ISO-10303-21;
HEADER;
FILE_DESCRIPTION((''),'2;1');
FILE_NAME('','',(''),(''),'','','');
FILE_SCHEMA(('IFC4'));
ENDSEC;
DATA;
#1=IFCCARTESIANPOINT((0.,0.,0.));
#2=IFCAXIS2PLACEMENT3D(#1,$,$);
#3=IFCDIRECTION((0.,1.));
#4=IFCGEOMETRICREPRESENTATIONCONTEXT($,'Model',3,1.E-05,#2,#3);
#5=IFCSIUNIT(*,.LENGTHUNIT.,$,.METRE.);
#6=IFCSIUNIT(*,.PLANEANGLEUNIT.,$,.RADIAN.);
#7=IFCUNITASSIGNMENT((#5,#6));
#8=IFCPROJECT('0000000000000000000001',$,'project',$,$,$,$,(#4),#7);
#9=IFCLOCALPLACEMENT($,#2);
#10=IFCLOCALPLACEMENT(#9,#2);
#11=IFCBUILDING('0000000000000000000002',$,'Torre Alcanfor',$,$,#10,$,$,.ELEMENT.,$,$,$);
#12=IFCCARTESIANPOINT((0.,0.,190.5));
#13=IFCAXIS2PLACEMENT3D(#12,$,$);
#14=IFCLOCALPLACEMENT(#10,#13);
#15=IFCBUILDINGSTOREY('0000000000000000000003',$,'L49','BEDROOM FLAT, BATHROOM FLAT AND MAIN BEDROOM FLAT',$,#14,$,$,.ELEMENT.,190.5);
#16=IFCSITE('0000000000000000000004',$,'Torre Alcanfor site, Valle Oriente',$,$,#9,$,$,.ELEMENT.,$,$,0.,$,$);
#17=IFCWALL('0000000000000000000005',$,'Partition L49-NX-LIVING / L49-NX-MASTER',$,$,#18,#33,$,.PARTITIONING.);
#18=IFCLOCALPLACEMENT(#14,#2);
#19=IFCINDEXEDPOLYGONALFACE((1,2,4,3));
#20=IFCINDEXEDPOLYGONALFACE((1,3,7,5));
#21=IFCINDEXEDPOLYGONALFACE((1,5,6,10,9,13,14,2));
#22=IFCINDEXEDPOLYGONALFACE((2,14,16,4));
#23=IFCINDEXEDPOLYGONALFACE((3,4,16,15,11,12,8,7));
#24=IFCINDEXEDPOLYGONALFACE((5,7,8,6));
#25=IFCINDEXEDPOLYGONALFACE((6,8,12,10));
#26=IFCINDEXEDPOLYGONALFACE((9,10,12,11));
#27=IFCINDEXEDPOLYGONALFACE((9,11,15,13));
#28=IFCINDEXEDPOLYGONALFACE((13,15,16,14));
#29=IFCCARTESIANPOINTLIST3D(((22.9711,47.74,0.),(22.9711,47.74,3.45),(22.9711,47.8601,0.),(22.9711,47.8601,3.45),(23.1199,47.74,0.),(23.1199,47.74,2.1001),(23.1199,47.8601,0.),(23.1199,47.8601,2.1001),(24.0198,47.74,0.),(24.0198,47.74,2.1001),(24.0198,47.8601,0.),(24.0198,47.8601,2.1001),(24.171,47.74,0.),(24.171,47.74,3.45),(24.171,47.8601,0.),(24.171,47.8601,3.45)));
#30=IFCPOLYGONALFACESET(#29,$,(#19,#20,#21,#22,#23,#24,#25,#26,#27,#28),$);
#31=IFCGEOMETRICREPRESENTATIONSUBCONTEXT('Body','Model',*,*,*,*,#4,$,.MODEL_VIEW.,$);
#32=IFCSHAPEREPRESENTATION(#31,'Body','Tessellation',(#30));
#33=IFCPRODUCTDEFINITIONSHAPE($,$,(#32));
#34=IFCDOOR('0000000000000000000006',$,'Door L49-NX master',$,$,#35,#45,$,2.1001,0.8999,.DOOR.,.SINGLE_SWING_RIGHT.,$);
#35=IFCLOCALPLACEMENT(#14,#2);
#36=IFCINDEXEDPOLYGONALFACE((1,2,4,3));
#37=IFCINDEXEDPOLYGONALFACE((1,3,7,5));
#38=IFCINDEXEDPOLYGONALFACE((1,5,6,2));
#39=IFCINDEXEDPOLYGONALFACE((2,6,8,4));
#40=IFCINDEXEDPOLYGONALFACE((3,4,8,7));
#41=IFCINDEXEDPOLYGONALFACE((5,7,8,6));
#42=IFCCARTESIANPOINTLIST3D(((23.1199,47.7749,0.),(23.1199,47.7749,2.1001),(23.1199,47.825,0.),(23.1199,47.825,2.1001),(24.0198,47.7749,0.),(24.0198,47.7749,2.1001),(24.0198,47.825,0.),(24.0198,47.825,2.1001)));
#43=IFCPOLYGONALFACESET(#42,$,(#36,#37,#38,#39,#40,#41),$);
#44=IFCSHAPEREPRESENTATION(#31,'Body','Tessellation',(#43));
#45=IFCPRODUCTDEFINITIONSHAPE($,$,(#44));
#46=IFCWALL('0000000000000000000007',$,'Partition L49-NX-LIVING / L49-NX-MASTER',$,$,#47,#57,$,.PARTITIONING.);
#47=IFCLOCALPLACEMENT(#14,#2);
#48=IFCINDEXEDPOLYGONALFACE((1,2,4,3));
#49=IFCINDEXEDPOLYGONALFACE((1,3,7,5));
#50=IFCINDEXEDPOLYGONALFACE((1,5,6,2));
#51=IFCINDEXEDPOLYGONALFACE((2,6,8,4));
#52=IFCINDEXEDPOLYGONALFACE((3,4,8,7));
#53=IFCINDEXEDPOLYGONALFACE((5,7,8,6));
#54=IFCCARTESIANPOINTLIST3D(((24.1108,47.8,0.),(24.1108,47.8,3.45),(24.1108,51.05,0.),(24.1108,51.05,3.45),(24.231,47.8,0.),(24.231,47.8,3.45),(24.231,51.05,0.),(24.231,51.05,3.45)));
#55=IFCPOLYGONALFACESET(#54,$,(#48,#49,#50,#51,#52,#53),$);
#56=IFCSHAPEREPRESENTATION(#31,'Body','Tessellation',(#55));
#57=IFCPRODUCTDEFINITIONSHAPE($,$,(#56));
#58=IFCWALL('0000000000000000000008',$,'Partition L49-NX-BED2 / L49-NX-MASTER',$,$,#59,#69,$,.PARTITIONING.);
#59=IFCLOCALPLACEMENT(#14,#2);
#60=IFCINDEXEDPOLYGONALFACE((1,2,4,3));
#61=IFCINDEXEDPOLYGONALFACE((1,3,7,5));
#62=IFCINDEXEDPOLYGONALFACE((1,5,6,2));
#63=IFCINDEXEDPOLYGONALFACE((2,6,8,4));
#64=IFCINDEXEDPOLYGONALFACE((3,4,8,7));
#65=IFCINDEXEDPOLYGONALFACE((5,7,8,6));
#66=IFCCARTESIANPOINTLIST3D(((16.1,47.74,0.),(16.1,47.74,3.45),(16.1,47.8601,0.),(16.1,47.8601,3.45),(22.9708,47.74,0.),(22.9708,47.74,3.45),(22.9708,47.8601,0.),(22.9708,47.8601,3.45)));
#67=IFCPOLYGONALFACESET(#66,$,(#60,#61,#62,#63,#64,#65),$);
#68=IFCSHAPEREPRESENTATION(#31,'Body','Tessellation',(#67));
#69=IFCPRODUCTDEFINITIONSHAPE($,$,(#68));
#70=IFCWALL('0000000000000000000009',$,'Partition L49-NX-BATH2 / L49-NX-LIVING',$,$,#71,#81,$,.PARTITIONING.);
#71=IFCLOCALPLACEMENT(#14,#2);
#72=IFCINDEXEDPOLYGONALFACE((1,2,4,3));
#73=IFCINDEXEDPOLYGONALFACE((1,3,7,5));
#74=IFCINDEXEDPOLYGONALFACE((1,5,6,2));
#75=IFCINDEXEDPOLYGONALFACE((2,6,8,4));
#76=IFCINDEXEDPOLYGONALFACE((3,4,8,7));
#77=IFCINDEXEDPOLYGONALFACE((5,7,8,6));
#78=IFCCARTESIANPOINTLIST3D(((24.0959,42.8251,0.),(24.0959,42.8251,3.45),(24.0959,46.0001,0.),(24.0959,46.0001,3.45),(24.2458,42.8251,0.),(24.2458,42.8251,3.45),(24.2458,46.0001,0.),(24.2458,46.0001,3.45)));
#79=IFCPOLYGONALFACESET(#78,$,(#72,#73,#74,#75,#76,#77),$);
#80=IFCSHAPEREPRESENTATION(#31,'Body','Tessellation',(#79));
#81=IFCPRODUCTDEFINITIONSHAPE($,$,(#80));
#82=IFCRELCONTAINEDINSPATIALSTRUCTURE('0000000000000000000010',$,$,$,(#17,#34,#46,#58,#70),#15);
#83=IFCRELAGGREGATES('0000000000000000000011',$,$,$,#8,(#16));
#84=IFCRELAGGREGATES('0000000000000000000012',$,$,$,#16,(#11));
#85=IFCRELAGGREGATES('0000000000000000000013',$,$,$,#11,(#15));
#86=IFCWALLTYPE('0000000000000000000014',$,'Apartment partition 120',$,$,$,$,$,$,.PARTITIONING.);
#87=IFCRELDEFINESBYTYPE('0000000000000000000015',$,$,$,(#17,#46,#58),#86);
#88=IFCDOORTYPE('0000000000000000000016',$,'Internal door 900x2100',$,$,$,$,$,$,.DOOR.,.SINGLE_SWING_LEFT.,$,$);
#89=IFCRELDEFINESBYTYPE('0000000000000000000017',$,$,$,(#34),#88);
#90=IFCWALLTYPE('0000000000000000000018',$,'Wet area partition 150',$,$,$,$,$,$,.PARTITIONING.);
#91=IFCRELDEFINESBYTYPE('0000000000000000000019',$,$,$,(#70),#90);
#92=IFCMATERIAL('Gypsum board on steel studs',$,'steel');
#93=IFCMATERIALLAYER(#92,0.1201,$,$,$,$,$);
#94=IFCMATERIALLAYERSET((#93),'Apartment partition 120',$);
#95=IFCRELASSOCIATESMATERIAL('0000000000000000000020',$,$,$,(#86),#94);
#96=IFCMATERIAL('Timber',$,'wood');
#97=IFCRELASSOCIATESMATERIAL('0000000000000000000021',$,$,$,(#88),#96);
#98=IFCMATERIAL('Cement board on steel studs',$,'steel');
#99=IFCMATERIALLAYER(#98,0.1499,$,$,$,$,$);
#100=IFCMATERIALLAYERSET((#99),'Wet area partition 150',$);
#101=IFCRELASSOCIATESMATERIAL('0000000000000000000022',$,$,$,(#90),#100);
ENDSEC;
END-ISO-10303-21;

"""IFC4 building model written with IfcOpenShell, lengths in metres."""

from ifc_helpers import new_model, si_unit, direction, frame, frame_2d, origin, place, context, subcontext, project, spatial, rectangle, extrude, material, layer, layer_set, type_object, element, fill, save


model = new_model("IFC4")

# Units and contexts
model_context = context("Model", 3, precision=1e-05, world=origin(), true_north=direction((0.0, 1.0)))
body_context = subcontext(model_context, "Body", "Model", "MODEL_VIEW")
ifc_project = project(units=[si_unit("LENGTHUNIT", "METRE"), si_unit("PLANEANGLEUNIT", "RADIAN")], contexts=[model_context])

# Site, building, storey
site_placement = place(None, origin())
site = spatial("IfcSite", under=ifc_project, at=site_placement, Name="Torre Alcanfor site, Valle Oriente", CompositionType="ELEMENT", RefElevation=0.0)
building_placement = place(site_placement, origin())
building = spatial("IfcBuilding", under=site, at=building_placement, Name="Torre Alcanfor", CompositionType="ELEMENT")
storey_placement = place(building_placement, frame((0.0, 0.0, 190.5)))
storey = spatial("IfcBuildingStorey", under=building, at=storey_placement, Name="L49", Description="BEDROOM FLAT, BATHROOM FLAT AND MAIN BEDROOM FLAT", CompositionType="ELEMENT", Elevation=190.5)

# Wall, opening, door
ifc_material_1 = material(Name="Gypsum board on steel studs", Category="steel")
ifc_layer_1 = layer(ifc_material_1, 0.1201)
ifc_layer_set_1 = layer_set([ifc_layer_1], Name="Apartment partition 120")
wall_type_1 = type_object("IfcWallType", Name="Apartment partition 120", PredefinedType="PARTITIONING", material=ifc_layer_set_1)
ifc_material_2 = material(Name="Timber", Category="wood")
door_type = type_object("IfcDoorType", Name="Internal door 900x2100", OperationType="SINGLE_SWING_LEFT", PredefinedType="DOOR", material=ifc_material_2)
wall_1_placement = place(storey_placement, frame((22.9709, 47.8, 0.0), z_axis=(0.0, 0.0, 1.0), x_axis=(1.0, 0.0, 0.0)))
wall_1 = element("IfcWall", 1, at=wall_1_placement, inside=storey, type_object=wall_type_1, Name="Partition L49-NX-LIVING / L49-NX-MASTER", PredefinedType="PARTITIONING", context=body_context, shape_type="SweptSolid", body=[
    extrude(rectangle(XDim=1.2, YDim=0.1201, at=frame_2d((0.6001, 0.0))), origin(), (0.0, 0.0, 1.0), 3.45),
])
opening_1_placement = place(wall_1_placement, frame((0.1489, 0.0, 0.0)))
opening_1 = element("IfcOpeningElement", 2, at=opening_1_placement, cuts=wall_1, PredefinedType="OPENING", context=body_context, shape_type="SweptSolid", body=[
    extrude(rectangle(XDim=0.8999, YDim=2.1001, at=frame_2d((0.45, 1.05))), frame((0.0, 0.0701, 0.0), z_axis=(0.0, -1.0, 0.0), x_axis=(1.0, 0.0, 0.0)), (0.0, 0.0, 1.0), 0.1401),
])
door_1_placement = place(opening_1_placement, origin())
door_1 = element("IfcDoor", 3, at=door_1_placement, inside=storey, type_object=door_type, Name="Door L49-NX master", OperationType="SINGLE_SWING_RIGHT", OverallHeight=2.1001, OverallWidth=0.8999, PredefinedType="DOOR", context=body_context, shape_type="SweptSolid", body=[
    extrude(rectangle(XDim=0.8999, YDim=2.1001, at=frame_2d((0.45, 1.05))), frame((0.0, 0.0249, 0.0), z_axis=(0.0, -1.0, 0.0), x_axis=(1.0, 0.0, 0.0)), (0.0, 0.0, 1.0), 0.05),
])
fill(opening_1, door_1)

# Walls
wall_2_placement = place(storey_placement, frame((24.1709, 47.8, 0.0), z_axis=(0.0, 0.0, 1.0), x_axis=(0.0, 1.0, 0.0)))
element("IfcWall", 4, at=wall_2_placement, inside=storey, type_object=wall_type_1, Name="Partition L49-NX-LIVING / L49-NX-MASTER", PredefinedType="PARTITIONING", context=body_context, shape_type="SweptSolid", body=[
    extrude(rectangle(XDim=3.25, YDim=0.1201, at=frame_2d((1.625, 0.0))), origin(), (0.0, 0.0, 1.0), 3.45),
])
wall_3_placement = place(storey_placement, frame((22.9709, 47.8, 0.0), z_axis=(0.0, 0.0, 1.0), x_axis=(-1.0, 0.0, 0.0)))
element("IfcWall", 5, at=wall_3_placement, inside=storey, type_object=wall_type_1, Name="Partition L49-NX-BED2 / L49-NX-MASTER", PredefinedType="PARTITIONING", context=body_context, shape_type="SweptSolid", body=[
    extrude(rectangle(XDim=6.8708, YDim=0.1201, at=frame_2d((3.4355, 0.0))), origin(), (0.0, 0.0, 1.0), 3.45),
])
ifc_material_3 = material(Name="Cement board on steel studs", Category="steel")
ifc_layer_2 = layer(ifc_material_3, 0.1499)
ifc_layer_set_2 = layer_set([ifc_layer_2], Name="Wet area partition 150")
wall_type_2 = type_object("IfcWallType", Name="Wet area partition 150", PredefinedType="PARTITIONING", material=ifc_layer_set_2)
wall_4_placement = place(storey_placement, frame((24.1709, 46.0, 0.0), z_axis=(0.0, 0.0, 1.0), x_axis=(0.0, -1.0, 0.0)))
element("IfcWall", 6, at=wall_4_placement, inside=storey, type_object=wall_type_2, Name="Partition L49-NX-BATH2 / L49-NX-LIVING", PredefinedType="PARTITIONING", context=body_context, shape_type="SweptSolid", body=[
    extrude(rectangle(XDim=3.175, YDim=0.1499, at=frame_2d((1.5874, 0.0))), origin(), (0.0, 0.0, 1.0), 3.45),
])

save(model, "model.ifc")
